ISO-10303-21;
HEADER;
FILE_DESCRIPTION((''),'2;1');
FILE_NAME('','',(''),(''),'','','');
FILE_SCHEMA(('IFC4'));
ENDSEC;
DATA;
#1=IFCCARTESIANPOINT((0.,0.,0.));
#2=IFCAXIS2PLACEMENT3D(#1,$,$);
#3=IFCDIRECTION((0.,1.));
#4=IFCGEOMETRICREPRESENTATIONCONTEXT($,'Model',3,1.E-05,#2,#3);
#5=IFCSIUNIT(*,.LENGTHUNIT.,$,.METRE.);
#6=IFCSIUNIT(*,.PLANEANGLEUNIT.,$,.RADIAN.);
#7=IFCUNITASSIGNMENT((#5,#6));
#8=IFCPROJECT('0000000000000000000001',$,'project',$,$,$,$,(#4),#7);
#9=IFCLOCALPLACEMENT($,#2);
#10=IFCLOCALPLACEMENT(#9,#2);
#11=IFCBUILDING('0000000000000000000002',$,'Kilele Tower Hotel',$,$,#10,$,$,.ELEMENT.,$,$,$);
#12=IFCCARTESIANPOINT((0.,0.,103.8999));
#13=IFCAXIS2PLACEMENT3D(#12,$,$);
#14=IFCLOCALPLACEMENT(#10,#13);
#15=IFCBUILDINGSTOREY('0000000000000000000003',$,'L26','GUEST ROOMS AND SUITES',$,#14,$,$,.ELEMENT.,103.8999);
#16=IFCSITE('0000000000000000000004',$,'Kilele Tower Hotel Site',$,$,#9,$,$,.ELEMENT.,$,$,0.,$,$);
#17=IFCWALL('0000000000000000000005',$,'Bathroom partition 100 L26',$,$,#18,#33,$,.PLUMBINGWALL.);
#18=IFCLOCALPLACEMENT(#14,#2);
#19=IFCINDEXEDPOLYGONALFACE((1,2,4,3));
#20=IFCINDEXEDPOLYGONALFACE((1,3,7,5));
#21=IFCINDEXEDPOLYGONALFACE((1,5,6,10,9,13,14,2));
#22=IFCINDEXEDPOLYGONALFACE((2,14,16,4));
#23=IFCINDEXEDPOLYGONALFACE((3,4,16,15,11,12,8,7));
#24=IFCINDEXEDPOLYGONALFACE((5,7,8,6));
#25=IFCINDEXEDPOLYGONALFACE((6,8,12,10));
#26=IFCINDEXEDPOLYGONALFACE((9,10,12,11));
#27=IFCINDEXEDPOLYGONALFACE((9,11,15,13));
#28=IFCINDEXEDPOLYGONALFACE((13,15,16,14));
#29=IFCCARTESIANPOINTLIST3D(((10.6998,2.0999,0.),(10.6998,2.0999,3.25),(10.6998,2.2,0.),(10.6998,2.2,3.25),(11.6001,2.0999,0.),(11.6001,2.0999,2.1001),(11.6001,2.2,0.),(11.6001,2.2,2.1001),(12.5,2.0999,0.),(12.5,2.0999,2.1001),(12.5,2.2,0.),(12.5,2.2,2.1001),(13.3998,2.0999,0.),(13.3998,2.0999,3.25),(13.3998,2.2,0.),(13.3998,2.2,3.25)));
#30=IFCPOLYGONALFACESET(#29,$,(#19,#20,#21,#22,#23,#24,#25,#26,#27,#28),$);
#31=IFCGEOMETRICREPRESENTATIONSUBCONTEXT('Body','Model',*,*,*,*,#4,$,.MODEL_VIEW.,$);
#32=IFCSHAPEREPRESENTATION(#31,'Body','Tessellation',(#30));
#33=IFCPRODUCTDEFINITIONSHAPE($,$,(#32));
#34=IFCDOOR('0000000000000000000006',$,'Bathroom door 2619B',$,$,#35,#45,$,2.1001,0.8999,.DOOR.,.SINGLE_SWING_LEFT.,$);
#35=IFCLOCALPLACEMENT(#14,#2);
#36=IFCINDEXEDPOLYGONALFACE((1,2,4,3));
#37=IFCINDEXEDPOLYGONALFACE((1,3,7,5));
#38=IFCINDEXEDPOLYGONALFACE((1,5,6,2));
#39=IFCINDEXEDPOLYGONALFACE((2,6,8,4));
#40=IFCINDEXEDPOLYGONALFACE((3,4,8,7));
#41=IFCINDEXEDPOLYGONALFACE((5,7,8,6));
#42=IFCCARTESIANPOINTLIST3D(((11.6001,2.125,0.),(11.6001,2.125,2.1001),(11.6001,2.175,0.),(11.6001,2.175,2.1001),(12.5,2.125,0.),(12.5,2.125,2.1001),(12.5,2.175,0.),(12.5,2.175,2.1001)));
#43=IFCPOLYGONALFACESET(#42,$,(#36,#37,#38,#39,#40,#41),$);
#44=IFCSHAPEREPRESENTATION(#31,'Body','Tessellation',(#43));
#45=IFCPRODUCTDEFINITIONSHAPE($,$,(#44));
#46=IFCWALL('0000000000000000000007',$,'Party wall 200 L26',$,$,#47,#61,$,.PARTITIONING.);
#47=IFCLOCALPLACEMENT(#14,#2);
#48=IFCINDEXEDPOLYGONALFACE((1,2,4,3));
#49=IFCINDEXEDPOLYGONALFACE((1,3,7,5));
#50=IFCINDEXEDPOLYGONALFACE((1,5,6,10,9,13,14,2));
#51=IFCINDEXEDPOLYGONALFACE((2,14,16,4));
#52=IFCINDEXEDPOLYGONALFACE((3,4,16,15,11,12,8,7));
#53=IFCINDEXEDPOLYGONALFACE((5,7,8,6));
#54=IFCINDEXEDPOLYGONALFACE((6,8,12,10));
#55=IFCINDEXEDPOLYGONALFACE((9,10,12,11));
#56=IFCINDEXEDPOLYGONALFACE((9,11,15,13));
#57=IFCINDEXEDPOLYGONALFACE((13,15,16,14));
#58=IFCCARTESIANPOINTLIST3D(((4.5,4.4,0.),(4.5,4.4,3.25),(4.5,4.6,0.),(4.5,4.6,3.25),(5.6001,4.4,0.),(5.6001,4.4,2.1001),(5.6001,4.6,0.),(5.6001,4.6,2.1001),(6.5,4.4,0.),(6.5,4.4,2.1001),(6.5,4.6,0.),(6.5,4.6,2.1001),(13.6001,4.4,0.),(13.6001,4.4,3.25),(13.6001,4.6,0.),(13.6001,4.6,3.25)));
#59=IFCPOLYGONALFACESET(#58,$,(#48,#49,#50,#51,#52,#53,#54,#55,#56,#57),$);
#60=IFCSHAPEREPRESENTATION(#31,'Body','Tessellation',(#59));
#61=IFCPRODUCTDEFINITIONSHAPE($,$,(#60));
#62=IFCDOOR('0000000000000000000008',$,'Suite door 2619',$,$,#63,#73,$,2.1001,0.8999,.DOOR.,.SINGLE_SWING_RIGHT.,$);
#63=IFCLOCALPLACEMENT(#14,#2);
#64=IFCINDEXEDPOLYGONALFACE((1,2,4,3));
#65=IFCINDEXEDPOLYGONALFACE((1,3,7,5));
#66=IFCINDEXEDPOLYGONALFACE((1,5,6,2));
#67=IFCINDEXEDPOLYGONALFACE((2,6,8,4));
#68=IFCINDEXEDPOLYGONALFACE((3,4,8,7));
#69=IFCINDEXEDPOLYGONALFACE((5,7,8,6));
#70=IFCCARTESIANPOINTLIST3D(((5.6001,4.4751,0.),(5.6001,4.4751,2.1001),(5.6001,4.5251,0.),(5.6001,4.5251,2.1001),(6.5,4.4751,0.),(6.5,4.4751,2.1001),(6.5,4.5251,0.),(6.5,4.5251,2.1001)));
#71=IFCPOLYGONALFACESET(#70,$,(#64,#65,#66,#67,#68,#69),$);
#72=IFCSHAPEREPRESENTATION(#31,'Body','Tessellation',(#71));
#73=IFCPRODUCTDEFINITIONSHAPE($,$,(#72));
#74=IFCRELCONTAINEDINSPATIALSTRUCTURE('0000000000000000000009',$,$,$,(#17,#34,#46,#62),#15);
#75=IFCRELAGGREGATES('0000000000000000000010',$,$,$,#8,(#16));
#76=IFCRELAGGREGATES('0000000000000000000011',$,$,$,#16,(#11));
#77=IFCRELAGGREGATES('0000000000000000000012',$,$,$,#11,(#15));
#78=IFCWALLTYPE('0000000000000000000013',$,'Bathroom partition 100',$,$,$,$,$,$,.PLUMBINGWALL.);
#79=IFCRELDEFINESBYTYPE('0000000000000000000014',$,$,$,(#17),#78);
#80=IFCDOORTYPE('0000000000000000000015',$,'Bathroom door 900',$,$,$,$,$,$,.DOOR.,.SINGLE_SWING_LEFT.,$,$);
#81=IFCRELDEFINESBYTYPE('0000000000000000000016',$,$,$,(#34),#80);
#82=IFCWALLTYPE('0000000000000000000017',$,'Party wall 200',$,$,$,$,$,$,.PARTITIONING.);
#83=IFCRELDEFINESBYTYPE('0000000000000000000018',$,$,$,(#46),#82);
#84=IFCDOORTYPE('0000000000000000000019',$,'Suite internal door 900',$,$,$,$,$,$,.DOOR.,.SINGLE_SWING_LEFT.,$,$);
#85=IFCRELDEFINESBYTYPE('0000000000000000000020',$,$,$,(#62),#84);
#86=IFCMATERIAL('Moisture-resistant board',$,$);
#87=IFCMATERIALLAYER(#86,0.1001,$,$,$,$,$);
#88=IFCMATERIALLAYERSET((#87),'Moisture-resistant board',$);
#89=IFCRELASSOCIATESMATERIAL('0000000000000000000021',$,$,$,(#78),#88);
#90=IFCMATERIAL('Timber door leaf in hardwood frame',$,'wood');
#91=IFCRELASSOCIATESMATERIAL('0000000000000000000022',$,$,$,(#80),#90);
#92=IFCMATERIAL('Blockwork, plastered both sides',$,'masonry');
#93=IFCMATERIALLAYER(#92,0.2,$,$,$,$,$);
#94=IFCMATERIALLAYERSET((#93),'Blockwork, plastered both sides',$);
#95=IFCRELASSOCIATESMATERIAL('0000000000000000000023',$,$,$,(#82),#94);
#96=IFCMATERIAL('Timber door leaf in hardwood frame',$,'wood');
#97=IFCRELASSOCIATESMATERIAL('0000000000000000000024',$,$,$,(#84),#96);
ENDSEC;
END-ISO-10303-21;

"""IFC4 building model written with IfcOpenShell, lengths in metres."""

from ifc_helpers import new_model, si_unit, direction, frame, frame_2d, origin, place, context, subcontext, project, spatial, rectangle, extrude, material, layer, layer_set, type_object, element, fill, save


model = new_model("IFC4")

# Units and contexts
model_context = context("Model", 3, precision=1e-05, world=origin(), true_north=direction((0.0, 1.0)))
body_context = subcontext(model_context, "Body", "Model", "MODEL_VIEW")
ifc_project = project(units=[si_unit("LENGTHUNIT", "METRE"), si_unit("PLANEANGLEUNIT", "RADIAN")], contexts=[model_context])

# Site, building, storey
site_placement = place(None, origin())
site = spatial("IfcSite", under=ifc_project, at=site_placement, Name="Kilele Tower Hotel Site", CompositionType="ELEMENT", RefElevation=0.0)
building_placement = place(site_placement, origin())
building = spatial("IfcBuilding", under=site, at=building_placement, Name="Kilele Tower Hotel", CompositionType="ELEMENT")
storey_placement = place(building_placement, frame((0.0, 0.0, 103.8999)))
storey = spatial("IfcBuildingStorey", under=building, at=storey_placement, Name="L26", Description="GUEST ROOMS AND SUITES", CompositionType="ELEMENT", Elevation=103.8999)

# Shared definitions
ifc_material_1 = material(Name="Moisture-resistant board")
ifc_layer_1 = layer(ifc_material_1, 0.1001)
ifc_layer_set_1 = layer_set([ifc_layer_1], Name="Moisture-resistant board")
wall_type_1 = type_object("IfcWallType", Name="Bathroom partition 100", PredefinedType="PLUMBINGWALL", material=ifc_layer_set_1)

# Shared definitions
ifc_material_2 = material(Name="Timber door leaf in hardwood frame", Category="wood")
door_type_1 = type_object("IfcDoorType", Name="Bathroom door 900", OperationType="SINGLE_SWING_LEFT", PredefinedType="DOOR", material=ifc_material_2)

# Walls, openings, doors
wall_1_placement = place(storey_placement, frame((13.3999, 2.1499, 0.0), z_axis=(0.0, 0.0, 1.0), x_axis=(-1.0, 0.0, 0.0)))
wall_1 = element("IfcWall", 1, at=wall_1_placement, inside=storey, type_object=wall_type_1, Name="Bathroom partition 100 L26", PredefinedType="PLUMBINGWALL", context=body_context, shape_type="SweptSolid", body=[
    extrude(rectangle(XDim=2.7, YDim=0.1001, at=frame_2d((1.3501, 0.0))), origin(), (0.0, 0.0, 1.0), 3.25),
])
opening_1_placement = place(wall_1_placement, frame((0.8999, 0.0, 0.0)))
opening_1 = element("IfcOpeningElement", 2, at=opening_1_placement, cuts=wall_1, PredefinedType="OPENING", context=body_context, shape_type="SweptSolid", body=[
    extrude(rectangle(XDim=0.8999, YDim=2.1001, at=frame_2d((0.45, 1.05))), frame((0.0, 0.0601, 0.0), z_axis=(0.0, -1.0, 0.0), x_axis=(1.0, 0.0, 0.0)), (0.0, 0.0, 1.0), 0.1201),
])
door_1_placement = place(opening_1_placement, origin())
door_1 = element("IfcDoor", 3, at=door_1_placement, inside=storey, type_object=door_type_1, Name="Bathroom door 2619B", OperationType="SINGLE_SWING_LEFT", OverallHeight=2.1001, OverallWidth=0.8999, PredefinedType="DOOR", context=body_context, shape_type="SweptSolid", body=[
    extrude(rectangle(XDim=0.8999, YDim=2.1001, at=frame_2d((0.45, 1.05))), frame((0.0, 0.0249, 0.0), z_axis=(0.0, -1.0, 0.0), x_axis=(1.0, 0.0, 0.0)), (0.0, 0.0, 1.0), 0.05),
])
fill(opening_1, door_1)
ifc_material_3 = material(Name="Blockwork, plastered both sides", Category="masonry")
ifc_layer_2 = layer(ifc_material_3, 0.2)
ifc_layer_set_2 = layer_set([ifc_layer_2], Name="Blockwork, plastered both sides")
wall_type_2 = type_object("IfcWallType", Name="Party wall 200", PredefinedType="PARTITIONING", material=ifc_layer_set_2)
wall_2_placement = place(storey_placement, frame((13.6001, 4.5, 0.0), z_axis=(0.0, 0.0, 1.0), x_axis=(-1.0, 0.0, 0.0)))
wall_2 = element("IfcWall", 4, at=wall_2_placement, inside=storey, type_object=wall_type_2, Name="Party wall 200 L26", PredefinedType="PARTITIONING", context=body_context, shape_type="SweptSolid", body=[
    extrude(rectangle(XDim=9.1001, YDim=0.2, at=frame_2d((4.55, 0.0))), origin(), (0.0, 0.0, 1.0), 3.25),
])
opening_2_placement = place(wall_2_placement, frame((7.1001, 0.0, 0.0)))
opening_2 = element("IfcOpeningElement", 5, at=opening_2_placement, cuts=wall_2, PredefinedType="OPENING", context=body_context, shape_type="SweptSolid", body=[
    extrude(rectangle(XDim=0.8999, YDim=2.1001, at=frame_2d((0.45, 1.05))), frame((0.0, 0.1099, 0.0), z_axis=(0.0, -1.0, 0.0), x_axis=(1.0, 0.0, 0.0)), (0.0, 0.0, 1.0), 0.22),
])
ifc_material_4 = material(Name="Timber door leaf in hardwood frame", Category="wood")
door_type_2 = type_object("IfcDoorType", Name="Suite internal door 900", OperationType="SINGLE_SWING_LEFT", PredefinedType="DOOR", material=ifc_material_4)
door_2_placement = place(opening_2_placement, origin())
door_2 = element("IfcDoor", 6, at=door_2_placement, inside=storey, type_object=door_type_2, Name="Suite door 2619", OperationType="SINGLE_SWING_RIGHT", OverallHeight=2.1001, OverallWidth=0.8999, PredefinedType="DOOR", context=body_context, shape_type="SweptSolid", body=[
    extrude(rectangle(XDim=0.8999, YDim=2.1001, at=frame_2d((0.45, 1.05))), frame((0.0, 0.0249, 0.0), z_axis=(0.0, -1.0, 0.0), x_axis=(1.0, 0.0, 0.0)), (0.0, 0.0, 1.0), 0.05),
])
fill(opening_2, door_2)

save(model, "model.ifc")
